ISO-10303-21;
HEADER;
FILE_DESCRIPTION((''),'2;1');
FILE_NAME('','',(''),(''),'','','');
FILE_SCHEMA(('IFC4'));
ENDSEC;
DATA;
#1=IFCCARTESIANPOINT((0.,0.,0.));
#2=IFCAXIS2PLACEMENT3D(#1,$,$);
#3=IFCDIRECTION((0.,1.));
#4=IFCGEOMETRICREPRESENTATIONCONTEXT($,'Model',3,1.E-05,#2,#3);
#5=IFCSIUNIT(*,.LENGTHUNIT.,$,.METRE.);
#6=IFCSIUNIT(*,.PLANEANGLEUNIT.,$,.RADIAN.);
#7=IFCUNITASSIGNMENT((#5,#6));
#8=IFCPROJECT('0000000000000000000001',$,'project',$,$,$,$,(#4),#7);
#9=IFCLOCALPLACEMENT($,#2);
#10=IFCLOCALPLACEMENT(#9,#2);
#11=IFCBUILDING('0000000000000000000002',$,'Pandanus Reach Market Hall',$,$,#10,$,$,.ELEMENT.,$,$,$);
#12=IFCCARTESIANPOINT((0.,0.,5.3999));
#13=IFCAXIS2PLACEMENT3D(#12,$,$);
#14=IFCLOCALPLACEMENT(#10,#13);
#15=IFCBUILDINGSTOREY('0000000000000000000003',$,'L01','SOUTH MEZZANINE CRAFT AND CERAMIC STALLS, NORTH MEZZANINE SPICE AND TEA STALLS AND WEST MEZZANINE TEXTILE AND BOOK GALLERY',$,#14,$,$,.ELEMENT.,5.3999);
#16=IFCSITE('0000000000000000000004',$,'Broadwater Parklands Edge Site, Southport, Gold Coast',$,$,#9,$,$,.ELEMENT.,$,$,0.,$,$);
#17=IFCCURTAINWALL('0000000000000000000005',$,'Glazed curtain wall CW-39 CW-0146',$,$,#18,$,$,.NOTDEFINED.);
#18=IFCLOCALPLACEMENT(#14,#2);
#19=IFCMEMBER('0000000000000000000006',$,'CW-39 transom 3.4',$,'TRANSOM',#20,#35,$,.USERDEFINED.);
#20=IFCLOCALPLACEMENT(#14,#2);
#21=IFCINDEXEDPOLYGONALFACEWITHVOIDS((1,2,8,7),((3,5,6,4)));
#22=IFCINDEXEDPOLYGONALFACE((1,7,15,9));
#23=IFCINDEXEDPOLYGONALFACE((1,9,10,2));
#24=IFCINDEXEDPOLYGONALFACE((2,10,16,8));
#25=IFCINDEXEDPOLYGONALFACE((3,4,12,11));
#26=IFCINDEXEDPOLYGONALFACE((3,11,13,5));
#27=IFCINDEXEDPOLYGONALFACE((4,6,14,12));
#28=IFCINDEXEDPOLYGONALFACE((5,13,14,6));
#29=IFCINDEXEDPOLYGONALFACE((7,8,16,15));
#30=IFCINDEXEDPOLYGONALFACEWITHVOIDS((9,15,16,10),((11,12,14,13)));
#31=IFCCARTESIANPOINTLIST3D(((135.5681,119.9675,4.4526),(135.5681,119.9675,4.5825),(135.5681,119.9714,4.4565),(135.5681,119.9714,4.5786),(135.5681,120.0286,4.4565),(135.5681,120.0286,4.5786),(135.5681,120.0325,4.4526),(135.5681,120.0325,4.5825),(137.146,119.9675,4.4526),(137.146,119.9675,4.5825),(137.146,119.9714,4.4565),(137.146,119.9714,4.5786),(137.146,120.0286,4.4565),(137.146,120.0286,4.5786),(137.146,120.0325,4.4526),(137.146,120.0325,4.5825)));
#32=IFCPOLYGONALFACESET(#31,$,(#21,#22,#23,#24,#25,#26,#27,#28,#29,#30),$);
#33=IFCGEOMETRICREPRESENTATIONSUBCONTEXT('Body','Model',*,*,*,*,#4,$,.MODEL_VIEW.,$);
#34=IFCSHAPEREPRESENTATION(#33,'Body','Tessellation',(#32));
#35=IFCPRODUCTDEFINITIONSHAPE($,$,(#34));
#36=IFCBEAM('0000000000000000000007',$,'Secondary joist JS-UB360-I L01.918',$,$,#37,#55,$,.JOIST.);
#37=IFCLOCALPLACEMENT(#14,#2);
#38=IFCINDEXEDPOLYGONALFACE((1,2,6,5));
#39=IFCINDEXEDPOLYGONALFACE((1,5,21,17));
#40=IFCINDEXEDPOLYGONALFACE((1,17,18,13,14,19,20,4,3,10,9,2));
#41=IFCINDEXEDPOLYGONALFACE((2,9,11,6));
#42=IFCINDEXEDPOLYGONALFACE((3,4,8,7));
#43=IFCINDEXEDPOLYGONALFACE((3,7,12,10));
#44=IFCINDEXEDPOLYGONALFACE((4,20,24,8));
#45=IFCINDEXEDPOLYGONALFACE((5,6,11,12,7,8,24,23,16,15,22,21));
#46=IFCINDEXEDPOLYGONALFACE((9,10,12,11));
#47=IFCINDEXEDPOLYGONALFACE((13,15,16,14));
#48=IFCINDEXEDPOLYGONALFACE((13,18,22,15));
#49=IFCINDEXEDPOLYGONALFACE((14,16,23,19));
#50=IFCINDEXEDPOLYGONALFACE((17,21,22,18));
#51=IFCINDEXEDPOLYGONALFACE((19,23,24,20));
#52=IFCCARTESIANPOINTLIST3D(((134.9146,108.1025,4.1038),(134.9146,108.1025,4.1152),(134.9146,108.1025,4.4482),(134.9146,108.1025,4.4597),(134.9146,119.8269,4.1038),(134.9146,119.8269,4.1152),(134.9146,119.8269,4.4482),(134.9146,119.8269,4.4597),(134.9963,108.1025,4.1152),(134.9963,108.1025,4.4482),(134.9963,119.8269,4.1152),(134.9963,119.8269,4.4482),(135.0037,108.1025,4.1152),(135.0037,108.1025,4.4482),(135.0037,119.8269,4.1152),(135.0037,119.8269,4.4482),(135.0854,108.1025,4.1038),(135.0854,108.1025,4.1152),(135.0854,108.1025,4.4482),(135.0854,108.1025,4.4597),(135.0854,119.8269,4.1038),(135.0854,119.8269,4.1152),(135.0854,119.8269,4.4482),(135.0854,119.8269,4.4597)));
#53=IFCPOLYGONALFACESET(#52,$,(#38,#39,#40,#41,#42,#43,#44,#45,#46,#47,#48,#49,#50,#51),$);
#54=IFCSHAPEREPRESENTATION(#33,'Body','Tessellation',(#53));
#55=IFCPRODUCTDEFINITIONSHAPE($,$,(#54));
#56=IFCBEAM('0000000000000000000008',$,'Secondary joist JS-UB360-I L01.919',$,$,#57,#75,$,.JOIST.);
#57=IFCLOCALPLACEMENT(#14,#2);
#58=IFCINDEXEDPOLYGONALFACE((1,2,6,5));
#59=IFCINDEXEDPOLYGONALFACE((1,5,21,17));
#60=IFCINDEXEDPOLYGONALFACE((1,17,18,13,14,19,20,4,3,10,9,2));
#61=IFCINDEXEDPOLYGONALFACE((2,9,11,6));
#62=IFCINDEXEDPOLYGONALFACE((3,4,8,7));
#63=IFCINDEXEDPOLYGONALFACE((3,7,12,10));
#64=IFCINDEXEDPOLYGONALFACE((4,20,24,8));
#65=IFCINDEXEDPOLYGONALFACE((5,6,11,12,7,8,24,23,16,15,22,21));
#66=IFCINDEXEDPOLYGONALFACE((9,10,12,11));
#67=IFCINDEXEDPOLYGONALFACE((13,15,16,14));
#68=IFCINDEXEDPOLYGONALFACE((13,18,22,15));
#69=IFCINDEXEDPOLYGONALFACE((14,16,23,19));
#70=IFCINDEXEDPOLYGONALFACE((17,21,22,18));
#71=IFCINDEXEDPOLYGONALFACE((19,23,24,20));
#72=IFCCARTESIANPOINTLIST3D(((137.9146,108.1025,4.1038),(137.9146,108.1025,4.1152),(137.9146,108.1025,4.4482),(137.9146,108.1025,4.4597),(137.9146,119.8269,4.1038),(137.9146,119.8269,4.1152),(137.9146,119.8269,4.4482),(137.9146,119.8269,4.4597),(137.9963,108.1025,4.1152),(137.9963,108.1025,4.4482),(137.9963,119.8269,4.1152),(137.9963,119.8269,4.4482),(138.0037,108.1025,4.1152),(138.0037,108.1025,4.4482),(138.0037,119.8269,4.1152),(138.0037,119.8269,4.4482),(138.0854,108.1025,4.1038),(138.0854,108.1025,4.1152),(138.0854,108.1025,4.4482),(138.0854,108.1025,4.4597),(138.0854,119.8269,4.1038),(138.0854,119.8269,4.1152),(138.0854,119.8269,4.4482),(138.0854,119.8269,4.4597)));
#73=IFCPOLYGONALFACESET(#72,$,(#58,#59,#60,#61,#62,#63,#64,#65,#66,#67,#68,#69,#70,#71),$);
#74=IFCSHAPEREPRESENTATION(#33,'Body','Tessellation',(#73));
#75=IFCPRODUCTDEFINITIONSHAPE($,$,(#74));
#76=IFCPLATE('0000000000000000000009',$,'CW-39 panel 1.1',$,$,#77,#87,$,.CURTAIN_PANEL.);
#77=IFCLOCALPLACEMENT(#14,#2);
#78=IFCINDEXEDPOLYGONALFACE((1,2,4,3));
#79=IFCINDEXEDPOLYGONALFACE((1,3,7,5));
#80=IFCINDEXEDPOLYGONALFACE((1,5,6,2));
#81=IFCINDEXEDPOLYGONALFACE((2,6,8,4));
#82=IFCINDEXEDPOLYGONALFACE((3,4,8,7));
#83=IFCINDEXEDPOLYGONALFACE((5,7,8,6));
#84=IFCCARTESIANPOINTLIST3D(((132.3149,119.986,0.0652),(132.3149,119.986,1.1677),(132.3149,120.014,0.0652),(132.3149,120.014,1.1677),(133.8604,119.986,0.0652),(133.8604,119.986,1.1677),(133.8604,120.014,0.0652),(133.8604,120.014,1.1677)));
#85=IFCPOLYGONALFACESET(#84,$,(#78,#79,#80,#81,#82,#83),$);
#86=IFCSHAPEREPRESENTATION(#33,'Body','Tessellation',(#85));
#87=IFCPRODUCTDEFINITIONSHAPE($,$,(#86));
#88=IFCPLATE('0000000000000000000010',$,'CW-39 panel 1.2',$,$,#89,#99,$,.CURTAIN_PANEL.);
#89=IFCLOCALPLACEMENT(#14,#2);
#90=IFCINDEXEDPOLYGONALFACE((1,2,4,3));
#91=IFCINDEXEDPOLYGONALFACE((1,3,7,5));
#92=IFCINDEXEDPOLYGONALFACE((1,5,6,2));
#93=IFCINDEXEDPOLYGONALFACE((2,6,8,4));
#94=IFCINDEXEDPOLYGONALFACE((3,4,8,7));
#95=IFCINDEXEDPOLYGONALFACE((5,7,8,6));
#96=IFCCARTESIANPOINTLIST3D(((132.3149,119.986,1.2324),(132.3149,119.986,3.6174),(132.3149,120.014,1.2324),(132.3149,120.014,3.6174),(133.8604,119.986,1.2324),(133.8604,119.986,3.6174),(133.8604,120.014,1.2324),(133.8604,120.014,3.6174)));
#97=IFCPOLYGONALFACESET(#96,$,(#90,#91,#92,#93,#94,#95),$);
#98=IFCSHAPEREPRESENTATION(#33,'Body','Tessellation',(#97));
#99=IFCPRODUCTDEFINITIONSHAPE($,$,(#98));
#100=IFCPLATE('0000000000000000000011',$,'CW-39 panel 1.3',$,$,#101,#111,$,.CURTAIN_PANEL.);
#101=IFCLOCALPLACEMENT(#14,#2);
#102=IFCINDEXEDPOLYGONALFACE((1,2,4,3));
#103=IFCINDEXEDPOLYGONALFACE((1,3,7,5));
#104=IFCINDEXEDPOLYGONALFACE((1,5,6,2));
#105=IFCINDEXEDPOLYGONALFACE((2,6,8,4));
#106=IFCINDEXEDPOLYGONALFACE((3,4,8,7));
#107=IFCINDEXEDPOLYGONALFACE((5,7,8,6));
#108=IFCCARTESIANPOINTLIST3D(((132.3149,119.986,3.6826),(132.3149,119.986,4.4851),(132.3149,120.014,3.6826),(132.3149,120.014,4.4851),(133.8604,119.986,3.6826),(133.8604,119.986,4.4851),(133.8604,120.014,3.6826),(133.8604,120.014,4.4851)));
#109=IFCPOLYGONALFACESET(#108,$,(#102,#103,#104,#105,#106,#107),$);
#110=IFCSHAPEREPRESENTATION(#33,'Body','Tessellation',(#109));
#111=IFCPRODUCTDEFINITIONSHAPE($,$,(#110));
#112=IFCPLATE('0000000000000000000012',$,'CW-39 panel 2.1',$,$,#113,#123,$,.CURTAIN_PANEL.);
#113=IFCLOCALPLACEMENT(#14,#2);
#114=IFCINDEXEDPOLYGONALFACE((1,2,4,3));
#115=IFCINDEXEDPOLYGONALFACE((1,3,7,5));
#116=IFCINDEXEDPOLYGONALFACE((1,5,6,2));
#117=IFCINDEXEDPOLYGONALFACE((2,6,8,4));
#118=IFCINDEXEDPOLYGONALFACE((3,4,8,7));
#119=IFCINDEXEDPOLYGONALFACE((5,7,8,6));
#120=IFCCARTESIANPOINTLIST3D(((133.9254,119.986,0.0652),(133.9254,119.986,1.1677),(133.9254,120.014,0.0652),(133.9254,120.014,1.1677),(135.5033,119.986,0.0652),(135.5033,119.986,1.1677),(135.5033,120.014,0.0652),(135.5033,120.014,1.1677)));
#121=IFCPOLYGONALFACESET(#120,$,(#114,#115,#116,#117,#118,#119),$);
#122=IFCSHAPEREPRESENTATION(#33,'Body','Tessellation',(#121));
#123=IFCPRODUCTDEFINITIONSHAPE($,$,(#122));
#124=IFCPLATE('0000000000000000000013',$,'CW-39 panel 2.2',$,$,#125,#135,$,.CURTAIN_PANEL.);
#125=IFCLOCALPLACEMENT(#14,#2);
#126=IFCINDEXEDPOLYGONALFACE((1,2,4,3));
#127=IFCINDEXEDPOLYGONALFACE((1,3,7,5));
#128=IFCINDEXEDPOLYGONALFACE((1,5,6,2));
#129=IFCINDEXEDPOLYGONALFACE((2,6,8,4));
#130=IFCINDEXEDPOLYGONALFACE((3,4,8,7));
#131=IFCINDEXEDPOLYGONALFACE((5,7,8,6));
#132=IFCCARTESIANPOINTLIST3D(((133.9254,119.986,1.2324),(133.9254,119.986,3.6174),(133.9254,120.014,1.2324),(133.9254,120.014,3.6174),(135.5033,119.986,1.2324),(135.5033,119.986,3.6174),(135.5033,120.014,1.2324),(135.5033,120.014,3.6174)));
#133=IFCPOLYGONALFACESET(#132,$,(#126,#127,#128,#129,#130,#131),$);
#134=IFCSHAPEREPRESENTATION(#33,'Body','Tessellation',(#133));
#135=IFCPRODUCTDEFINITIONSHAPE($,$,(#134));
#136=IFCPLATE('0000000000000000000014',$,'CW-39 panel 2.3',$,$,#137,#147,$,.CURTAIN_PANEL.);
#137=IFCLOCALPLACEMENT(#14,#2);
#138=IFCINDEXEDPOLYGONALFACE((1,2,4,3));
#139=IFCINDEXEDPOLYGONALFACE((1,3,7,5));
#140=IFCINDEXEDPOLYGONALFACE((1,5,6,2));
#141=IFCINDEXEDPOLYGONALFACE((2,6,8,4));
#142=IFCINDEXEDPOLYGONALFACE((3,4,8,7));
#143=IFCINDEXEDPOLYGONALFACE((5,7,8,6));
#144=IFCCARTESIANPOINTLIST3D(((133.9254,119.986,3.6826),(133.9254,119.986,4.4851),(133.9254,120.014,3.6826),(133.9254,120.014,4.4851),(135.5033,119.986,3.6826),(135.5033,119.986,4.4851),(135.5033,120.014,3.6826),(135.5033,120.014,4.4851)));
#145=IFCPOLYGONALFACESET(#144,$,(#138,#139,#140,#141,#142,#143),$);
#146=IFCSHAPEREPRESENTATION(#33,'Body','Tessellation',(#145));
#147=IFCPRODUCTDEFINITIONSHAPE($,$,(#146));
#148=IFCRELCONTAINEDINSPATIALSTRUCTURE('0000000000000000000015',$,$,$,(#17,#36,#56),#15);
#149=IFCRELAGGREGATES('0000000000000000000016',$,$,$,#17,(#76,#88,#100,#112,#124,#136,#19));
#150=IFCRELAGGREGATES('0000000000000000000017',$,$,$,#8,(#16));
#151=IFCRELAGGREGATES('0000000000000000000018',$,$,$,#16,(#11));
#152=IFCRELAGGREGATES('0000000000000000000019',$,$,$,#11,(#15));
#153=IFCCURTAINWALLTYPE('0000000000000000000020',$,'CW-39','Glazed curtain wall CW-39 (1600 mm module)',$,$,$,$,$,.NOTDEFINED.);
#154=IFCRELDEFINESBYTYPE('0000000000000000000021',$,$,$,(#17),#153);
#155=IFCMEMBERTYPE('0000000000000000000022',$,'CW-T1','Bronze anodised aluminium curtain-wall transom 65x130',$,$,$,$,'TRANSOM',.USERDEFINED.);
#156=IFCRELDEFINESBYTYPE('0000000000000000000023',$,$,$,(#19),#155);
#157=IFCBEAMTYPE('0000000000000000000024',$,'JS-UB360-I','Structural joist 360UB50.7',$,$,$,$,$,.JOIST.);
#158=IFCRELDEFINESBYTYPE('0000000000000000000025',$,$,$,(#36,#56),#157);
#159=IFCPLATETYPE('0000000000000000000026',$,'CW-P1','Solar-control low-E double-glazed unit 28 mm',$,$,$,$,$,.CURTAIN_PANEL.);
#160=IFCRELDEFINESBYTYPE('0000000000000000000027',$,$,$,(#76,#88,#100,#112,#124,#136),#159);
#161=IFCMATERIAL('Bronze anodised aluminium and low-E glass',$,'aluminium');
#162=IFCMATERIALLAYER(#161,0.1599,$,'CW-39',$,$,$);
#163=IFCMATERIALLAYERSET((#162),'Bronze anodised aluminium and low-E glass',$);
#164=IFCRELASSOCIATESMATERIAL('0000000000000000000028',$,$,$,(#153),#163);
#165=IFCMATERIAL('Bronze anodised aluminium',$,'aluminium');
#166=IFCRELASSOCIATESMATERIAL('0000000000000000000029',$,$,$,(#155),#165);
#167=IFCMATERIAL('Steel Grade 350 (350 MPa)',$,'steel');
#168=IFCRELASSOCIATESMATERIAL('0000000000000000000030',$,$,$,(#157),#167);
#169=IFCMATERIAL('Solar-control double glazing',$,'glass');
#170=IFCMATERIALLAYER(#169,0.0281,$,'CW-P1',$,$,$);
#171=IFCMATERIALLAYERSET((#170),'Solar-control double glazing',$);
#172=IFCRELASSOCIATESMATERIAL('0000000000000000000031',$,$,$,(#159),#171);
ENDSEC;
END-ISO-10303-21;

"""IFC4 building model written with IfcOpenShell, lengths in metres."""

from ifc_helpers import new_model, si_unit, direction, frame, origin, origin_2d, place, context, subcontext, project, spatial, rectangle, hollow_rectangle, i_section, extrude, material, layer, layer_set, material_profile, profile_set, type_object, element, aggregate, save


model = new_model("IFC4")

# Units and contexts
model_context = context("Model", 3, precision=1e-05, world=origin(), true_north=direction((0.0, 1.0)))
body_context = subcontext(model_context, "Body", "Model", "MODEL_VIEW")
ifc_project = project(units=[si_unit("LENGTHUNIT", "METRE"), si_unit("PLANEANGLEUNIT", "RADIAN")], contexts=[model_context])

# Site, building, storey
site_placement = place(None, origin())
site = spatial("IfcSite", under=ifc_project, at=site_placement, Name="Broadwater Parklands Edge Site, Southport, Gold Coast", CompositionType="ELEMENT", RefElevation=0.0)
building_placement = place(site_placement, origin())
building = spatial("IfcBuilding", under=site, at=building_placement, Name="Pandanus Reach Market Hall", CompositionType="ELEMENT")
storey_placement = place(building_placement, frame((0.0, 0.0, 5.3999)))
storey = spatial("IfcBuildingStorey", under=building, at=storey_placement, Name="L01", Description="SOUTH MEZZANINE CRAFT AND CERAMIC STALLS, NORTH MEZZANINE SPICE AND TEA STALLS AND WEST MEZZANINE TEXTILE AND BOOK GALLERY", CompositionType="ELEMENT", Elevation=5.3999)

# Curtain wall, member
ifc_material_1 = material(Name="Bronze anodised aluminium and low-E glass", Category="aluminium")
ifc_layer_1 = layer(ifc_material_1, 0.1599, Name="CW-39")
ifc_layer_set_1 = layer_set([ifc_layer_1], Name="Bronze anodised aluminium and low-E glass")
curtain_wall_type = type_object("IfcCurtainWallType", Name="CW-39", Description="Glazed curtain wall CW-39 (1600 mm module)", PredefinedType="NOTDEFINED", material=ifc_layer_set_1)
curtain_wall_placement = place(storey_placement, origin())
curtain_wall = element("IfcCurtainWall", 1, at=curtain_wall_placement, inside=storey, type_object=curtain_wall_type, Name="Glazed curtain wall CW-39 CW-0146", PredefinedType="NOTDEFINED")
ifc_material_2 = material(Name="Bronze anodised aluminium", Category="aluminium")
ifc_material_profile_1 = material_profile(ifc_material_2, hollow_rectangle(XDim=0.0649, YDim=0.1299, WallThickness=0.0039, at=origin_2d()), Name="ALU65x130", Category="LoadBearing")
ifc_profile_set_1 = profile_set([ifc_material_profile_1], Name="Bronze anodised aluminium")
member_type_1 = type_object("IfcMemberType", Name="CW-T1", Description="Bronze anodised aluminium curtain-wall transom 65x130", ElementType="TRANSOM", PredefinedType="USERDEFINED", material=ifc_profile_set_1)
member_1_placement = place(storey_placement, frame((135.5681, 120.0, 4.5176), z_axis=(1.0, 0.0, 0.0), x_axis=(0.0, 1.0, 0.0)))
member_1 = element("IfcMember", 2, at=member_1_placement, type_object=member_type_1, Name="CW-39 transom 3.4", ObjectType="TRANSOM", PredefinedType="USERDEFINED", context=body_context, shape_type="SweptSolid", body=[
    extrude(hollow_rectangle(XDim=0.0649, YDim=0.1299, WallThickness=0.0039, at=origin_2d()), origin(), (0.0, 0.0, 1.0), 1.5779),
])

# Beams
ifc_material_3 = material(Name="Steel Grade 350 (350 MPa)", Category="steel")
ifc_material_profile_2 = material_profile(ifc_material_3, i_section(OverallWidth=0.1709, OverallDepth=0.356, WebThickness=0.0073, FlangeThickness=0.0115, at=origin_2d()), Name="360UB50.7", Category="LoadBearing")
ifc_profile_set_2 = profile_set([ifc_material_profile_2], Name="Steel Grade 350 (350 MPa)")
beam_type = type_object("IfcBeamType", Name="JS-UB360-I", Description="Structural joist 360UB50.7", PredefinedType="JOIST", material=ifc_profile_set_2)
for number, where, z_axis, x_axis, name in (
    (3, (135.0, 108.1025, 4.2817), (0.0, 1.0, 0.0), (-1.0, 0.0, 0.0), "Secondary joist JS-UB360-I L01.918"),
    (4, (138.0, 108.1025, 4.2817), (0.0, 1.0, 0.0), (-1.0, 0.0, 0.0), "Secondary joist JS-UB360-I L01.919"),
):
    element("IfcBeam", number, at=place(storey_placement, frame(where, z_axis=z_axis, x_axis=x_axis)), inside=storey, type_object=beam_type, Name=name, PredefinedType="JOIST", context=body_context, shape_type="SweptSolid", body=[
        extrude(i_section(OverallWidth=0.1709, OverallDepth=0.356, WebThickness=0.0073, FlangeThickness=0.0115, at=origin_2d()), origin(), (0.0, 0.0, 1.0), 11.7244),
    ])

# Plates
ifc_material_4 = material(Name="Solar-control double glazing", Category="glass")
ifc_layer_2 = layer(ifc_material_4, 0.0281, Name="CW-P1")
ifc_layer_set_2 = layer_set([ifc_layer_2], Name="Solar-control double glazing")
plate_type = type_object("IfcPlateType", Name="CW-P1", Description="Solar-control low-E double-glazed unit 28 mm", PredefinedType="CURTAIN_PANEL", material=ifc_layer_set_2)
plate_1_placement = place(storey_placement, frame((133.0876, 120.0, 0.0652), z_axis=(0.0, 0.0, 1.0), x_axis=(1.0, 0.0, 0.0)))
plate_1 = element("IfcPlate", 5, at=plate_1_placement, type_object=plate_type, Name="CW-39 panel 1.1", PredefinedType="CURTAIN_PANEL", context=body_context, shape_type="SweptSolid", body=[
    extrude(rectangle(XDim=1.5454, YDim=0.0281, at=origin_2d()), origin(), (0.0, 0.0, 1.0), 1.1025),
])
plate_2_placement = place(storey_placement, frame((133.0876, 120.0, 1.2324), z_axis=(0.0, 0.0, 1.0), x_axis=(1.0, 0.0, 0.0)))
plate_2 = element("IfcPlate", 6, at=plate_2_placement, type_object=plate_type, Name="CW-39 panel 1.2", PredefinedType="CURTAIN_PANEL", context=body_context, shape_type="SweptSolid", body=[
    extrude(rectangle(XDim=1.5454, YDim=0.0281, at=origin_2d()), origin(), (0.0, 0.0, 1.0), 2.385),
])
plate_3_placement = place(storey_placement, frame((133.0876, 120.0, 3.6826), z_axis=(0.0, 0.0, 1.0), x_axis=(1.0, 0.0, 0.0)))
plate_3 = element("IfcPlate", 7, at=plate_3_placement, type_object=plate_type, Name="CW-39 panel 1.3", PredefinedType="CURTAIN_PANEL", context=body_context, shape_type="SweptSolid", body=[
    extrude(rectangle(XDim=1.5454, YDim=0.0281, at=origin_2d()), origin(), (0.0, 0.0, 1.0), 0.8025),
])
plate_4_placement = place(storey_placement, frame((134.7144, 120.0, 0.0652), z_axis=(0.0, 0.0, 1.0), x_axis=(1.0, 0.0, 0.0)))
plate_4 = element("IfcPlate", 8, at=plate_4_placement, type_object=plate_type, Name="CW-39 panel 2.1", PredefinedType="CURTAIN_PANEL", context=body_context, shape_type="SweptSolid", body=[
    extrude(rectangle(XDim=1.5779, YDim=0.0281, at=origin_2d()), origin(), (0.0, 0.0, 1.0), 1.1025),
])
plate_5_placement = place(storey_placement, frame((134.7144, 120.0, 1.2324), z_axis=(0.0, 0.0, 1.0), x_axis=(1.0, 0.0, 0.0)))
plate_5 = element("IfcPlate", 9, at=plate_5_placement, type_object=plate_type, Name="CW-39 panel 2.2", PredefinedType="CURTAIN_PANEL", context=body_context, shape_type="SweptSolid", body=[
    extrude(rectangle(XDim=1.5779, YDim=0.0281, at=origin_2d()), origin(), (0.0, 0.0, 1.0), 2.385),
])
plate_6_placement = place(storey_placement, frame((134.7144, 120.0, 3.6826), z_axis=(0.0, 0.0, 1.0), x_axis=(1.0, 0.0, 0.0)))
plate_6 = element("IfcPlate", 10, at=plate_6_placement, type_object=plate_type, Name="CW-39 panel 2.3", PredefinedType="CURTAIN_PANEL", context=body_context, shape_type="SweptSolid", body=[
    extrude(rectangle(XDim=1.5779, YDim=0.0281, at=origin_2d()), origin(), (0.0, 0.0, 1.0), 0.8025),
])
aggregate(curtain_wall, [plate_1, plate_2, plate_3, plate_4, plate_5, plate_6, member_1])

save(model, "model.ifc")
